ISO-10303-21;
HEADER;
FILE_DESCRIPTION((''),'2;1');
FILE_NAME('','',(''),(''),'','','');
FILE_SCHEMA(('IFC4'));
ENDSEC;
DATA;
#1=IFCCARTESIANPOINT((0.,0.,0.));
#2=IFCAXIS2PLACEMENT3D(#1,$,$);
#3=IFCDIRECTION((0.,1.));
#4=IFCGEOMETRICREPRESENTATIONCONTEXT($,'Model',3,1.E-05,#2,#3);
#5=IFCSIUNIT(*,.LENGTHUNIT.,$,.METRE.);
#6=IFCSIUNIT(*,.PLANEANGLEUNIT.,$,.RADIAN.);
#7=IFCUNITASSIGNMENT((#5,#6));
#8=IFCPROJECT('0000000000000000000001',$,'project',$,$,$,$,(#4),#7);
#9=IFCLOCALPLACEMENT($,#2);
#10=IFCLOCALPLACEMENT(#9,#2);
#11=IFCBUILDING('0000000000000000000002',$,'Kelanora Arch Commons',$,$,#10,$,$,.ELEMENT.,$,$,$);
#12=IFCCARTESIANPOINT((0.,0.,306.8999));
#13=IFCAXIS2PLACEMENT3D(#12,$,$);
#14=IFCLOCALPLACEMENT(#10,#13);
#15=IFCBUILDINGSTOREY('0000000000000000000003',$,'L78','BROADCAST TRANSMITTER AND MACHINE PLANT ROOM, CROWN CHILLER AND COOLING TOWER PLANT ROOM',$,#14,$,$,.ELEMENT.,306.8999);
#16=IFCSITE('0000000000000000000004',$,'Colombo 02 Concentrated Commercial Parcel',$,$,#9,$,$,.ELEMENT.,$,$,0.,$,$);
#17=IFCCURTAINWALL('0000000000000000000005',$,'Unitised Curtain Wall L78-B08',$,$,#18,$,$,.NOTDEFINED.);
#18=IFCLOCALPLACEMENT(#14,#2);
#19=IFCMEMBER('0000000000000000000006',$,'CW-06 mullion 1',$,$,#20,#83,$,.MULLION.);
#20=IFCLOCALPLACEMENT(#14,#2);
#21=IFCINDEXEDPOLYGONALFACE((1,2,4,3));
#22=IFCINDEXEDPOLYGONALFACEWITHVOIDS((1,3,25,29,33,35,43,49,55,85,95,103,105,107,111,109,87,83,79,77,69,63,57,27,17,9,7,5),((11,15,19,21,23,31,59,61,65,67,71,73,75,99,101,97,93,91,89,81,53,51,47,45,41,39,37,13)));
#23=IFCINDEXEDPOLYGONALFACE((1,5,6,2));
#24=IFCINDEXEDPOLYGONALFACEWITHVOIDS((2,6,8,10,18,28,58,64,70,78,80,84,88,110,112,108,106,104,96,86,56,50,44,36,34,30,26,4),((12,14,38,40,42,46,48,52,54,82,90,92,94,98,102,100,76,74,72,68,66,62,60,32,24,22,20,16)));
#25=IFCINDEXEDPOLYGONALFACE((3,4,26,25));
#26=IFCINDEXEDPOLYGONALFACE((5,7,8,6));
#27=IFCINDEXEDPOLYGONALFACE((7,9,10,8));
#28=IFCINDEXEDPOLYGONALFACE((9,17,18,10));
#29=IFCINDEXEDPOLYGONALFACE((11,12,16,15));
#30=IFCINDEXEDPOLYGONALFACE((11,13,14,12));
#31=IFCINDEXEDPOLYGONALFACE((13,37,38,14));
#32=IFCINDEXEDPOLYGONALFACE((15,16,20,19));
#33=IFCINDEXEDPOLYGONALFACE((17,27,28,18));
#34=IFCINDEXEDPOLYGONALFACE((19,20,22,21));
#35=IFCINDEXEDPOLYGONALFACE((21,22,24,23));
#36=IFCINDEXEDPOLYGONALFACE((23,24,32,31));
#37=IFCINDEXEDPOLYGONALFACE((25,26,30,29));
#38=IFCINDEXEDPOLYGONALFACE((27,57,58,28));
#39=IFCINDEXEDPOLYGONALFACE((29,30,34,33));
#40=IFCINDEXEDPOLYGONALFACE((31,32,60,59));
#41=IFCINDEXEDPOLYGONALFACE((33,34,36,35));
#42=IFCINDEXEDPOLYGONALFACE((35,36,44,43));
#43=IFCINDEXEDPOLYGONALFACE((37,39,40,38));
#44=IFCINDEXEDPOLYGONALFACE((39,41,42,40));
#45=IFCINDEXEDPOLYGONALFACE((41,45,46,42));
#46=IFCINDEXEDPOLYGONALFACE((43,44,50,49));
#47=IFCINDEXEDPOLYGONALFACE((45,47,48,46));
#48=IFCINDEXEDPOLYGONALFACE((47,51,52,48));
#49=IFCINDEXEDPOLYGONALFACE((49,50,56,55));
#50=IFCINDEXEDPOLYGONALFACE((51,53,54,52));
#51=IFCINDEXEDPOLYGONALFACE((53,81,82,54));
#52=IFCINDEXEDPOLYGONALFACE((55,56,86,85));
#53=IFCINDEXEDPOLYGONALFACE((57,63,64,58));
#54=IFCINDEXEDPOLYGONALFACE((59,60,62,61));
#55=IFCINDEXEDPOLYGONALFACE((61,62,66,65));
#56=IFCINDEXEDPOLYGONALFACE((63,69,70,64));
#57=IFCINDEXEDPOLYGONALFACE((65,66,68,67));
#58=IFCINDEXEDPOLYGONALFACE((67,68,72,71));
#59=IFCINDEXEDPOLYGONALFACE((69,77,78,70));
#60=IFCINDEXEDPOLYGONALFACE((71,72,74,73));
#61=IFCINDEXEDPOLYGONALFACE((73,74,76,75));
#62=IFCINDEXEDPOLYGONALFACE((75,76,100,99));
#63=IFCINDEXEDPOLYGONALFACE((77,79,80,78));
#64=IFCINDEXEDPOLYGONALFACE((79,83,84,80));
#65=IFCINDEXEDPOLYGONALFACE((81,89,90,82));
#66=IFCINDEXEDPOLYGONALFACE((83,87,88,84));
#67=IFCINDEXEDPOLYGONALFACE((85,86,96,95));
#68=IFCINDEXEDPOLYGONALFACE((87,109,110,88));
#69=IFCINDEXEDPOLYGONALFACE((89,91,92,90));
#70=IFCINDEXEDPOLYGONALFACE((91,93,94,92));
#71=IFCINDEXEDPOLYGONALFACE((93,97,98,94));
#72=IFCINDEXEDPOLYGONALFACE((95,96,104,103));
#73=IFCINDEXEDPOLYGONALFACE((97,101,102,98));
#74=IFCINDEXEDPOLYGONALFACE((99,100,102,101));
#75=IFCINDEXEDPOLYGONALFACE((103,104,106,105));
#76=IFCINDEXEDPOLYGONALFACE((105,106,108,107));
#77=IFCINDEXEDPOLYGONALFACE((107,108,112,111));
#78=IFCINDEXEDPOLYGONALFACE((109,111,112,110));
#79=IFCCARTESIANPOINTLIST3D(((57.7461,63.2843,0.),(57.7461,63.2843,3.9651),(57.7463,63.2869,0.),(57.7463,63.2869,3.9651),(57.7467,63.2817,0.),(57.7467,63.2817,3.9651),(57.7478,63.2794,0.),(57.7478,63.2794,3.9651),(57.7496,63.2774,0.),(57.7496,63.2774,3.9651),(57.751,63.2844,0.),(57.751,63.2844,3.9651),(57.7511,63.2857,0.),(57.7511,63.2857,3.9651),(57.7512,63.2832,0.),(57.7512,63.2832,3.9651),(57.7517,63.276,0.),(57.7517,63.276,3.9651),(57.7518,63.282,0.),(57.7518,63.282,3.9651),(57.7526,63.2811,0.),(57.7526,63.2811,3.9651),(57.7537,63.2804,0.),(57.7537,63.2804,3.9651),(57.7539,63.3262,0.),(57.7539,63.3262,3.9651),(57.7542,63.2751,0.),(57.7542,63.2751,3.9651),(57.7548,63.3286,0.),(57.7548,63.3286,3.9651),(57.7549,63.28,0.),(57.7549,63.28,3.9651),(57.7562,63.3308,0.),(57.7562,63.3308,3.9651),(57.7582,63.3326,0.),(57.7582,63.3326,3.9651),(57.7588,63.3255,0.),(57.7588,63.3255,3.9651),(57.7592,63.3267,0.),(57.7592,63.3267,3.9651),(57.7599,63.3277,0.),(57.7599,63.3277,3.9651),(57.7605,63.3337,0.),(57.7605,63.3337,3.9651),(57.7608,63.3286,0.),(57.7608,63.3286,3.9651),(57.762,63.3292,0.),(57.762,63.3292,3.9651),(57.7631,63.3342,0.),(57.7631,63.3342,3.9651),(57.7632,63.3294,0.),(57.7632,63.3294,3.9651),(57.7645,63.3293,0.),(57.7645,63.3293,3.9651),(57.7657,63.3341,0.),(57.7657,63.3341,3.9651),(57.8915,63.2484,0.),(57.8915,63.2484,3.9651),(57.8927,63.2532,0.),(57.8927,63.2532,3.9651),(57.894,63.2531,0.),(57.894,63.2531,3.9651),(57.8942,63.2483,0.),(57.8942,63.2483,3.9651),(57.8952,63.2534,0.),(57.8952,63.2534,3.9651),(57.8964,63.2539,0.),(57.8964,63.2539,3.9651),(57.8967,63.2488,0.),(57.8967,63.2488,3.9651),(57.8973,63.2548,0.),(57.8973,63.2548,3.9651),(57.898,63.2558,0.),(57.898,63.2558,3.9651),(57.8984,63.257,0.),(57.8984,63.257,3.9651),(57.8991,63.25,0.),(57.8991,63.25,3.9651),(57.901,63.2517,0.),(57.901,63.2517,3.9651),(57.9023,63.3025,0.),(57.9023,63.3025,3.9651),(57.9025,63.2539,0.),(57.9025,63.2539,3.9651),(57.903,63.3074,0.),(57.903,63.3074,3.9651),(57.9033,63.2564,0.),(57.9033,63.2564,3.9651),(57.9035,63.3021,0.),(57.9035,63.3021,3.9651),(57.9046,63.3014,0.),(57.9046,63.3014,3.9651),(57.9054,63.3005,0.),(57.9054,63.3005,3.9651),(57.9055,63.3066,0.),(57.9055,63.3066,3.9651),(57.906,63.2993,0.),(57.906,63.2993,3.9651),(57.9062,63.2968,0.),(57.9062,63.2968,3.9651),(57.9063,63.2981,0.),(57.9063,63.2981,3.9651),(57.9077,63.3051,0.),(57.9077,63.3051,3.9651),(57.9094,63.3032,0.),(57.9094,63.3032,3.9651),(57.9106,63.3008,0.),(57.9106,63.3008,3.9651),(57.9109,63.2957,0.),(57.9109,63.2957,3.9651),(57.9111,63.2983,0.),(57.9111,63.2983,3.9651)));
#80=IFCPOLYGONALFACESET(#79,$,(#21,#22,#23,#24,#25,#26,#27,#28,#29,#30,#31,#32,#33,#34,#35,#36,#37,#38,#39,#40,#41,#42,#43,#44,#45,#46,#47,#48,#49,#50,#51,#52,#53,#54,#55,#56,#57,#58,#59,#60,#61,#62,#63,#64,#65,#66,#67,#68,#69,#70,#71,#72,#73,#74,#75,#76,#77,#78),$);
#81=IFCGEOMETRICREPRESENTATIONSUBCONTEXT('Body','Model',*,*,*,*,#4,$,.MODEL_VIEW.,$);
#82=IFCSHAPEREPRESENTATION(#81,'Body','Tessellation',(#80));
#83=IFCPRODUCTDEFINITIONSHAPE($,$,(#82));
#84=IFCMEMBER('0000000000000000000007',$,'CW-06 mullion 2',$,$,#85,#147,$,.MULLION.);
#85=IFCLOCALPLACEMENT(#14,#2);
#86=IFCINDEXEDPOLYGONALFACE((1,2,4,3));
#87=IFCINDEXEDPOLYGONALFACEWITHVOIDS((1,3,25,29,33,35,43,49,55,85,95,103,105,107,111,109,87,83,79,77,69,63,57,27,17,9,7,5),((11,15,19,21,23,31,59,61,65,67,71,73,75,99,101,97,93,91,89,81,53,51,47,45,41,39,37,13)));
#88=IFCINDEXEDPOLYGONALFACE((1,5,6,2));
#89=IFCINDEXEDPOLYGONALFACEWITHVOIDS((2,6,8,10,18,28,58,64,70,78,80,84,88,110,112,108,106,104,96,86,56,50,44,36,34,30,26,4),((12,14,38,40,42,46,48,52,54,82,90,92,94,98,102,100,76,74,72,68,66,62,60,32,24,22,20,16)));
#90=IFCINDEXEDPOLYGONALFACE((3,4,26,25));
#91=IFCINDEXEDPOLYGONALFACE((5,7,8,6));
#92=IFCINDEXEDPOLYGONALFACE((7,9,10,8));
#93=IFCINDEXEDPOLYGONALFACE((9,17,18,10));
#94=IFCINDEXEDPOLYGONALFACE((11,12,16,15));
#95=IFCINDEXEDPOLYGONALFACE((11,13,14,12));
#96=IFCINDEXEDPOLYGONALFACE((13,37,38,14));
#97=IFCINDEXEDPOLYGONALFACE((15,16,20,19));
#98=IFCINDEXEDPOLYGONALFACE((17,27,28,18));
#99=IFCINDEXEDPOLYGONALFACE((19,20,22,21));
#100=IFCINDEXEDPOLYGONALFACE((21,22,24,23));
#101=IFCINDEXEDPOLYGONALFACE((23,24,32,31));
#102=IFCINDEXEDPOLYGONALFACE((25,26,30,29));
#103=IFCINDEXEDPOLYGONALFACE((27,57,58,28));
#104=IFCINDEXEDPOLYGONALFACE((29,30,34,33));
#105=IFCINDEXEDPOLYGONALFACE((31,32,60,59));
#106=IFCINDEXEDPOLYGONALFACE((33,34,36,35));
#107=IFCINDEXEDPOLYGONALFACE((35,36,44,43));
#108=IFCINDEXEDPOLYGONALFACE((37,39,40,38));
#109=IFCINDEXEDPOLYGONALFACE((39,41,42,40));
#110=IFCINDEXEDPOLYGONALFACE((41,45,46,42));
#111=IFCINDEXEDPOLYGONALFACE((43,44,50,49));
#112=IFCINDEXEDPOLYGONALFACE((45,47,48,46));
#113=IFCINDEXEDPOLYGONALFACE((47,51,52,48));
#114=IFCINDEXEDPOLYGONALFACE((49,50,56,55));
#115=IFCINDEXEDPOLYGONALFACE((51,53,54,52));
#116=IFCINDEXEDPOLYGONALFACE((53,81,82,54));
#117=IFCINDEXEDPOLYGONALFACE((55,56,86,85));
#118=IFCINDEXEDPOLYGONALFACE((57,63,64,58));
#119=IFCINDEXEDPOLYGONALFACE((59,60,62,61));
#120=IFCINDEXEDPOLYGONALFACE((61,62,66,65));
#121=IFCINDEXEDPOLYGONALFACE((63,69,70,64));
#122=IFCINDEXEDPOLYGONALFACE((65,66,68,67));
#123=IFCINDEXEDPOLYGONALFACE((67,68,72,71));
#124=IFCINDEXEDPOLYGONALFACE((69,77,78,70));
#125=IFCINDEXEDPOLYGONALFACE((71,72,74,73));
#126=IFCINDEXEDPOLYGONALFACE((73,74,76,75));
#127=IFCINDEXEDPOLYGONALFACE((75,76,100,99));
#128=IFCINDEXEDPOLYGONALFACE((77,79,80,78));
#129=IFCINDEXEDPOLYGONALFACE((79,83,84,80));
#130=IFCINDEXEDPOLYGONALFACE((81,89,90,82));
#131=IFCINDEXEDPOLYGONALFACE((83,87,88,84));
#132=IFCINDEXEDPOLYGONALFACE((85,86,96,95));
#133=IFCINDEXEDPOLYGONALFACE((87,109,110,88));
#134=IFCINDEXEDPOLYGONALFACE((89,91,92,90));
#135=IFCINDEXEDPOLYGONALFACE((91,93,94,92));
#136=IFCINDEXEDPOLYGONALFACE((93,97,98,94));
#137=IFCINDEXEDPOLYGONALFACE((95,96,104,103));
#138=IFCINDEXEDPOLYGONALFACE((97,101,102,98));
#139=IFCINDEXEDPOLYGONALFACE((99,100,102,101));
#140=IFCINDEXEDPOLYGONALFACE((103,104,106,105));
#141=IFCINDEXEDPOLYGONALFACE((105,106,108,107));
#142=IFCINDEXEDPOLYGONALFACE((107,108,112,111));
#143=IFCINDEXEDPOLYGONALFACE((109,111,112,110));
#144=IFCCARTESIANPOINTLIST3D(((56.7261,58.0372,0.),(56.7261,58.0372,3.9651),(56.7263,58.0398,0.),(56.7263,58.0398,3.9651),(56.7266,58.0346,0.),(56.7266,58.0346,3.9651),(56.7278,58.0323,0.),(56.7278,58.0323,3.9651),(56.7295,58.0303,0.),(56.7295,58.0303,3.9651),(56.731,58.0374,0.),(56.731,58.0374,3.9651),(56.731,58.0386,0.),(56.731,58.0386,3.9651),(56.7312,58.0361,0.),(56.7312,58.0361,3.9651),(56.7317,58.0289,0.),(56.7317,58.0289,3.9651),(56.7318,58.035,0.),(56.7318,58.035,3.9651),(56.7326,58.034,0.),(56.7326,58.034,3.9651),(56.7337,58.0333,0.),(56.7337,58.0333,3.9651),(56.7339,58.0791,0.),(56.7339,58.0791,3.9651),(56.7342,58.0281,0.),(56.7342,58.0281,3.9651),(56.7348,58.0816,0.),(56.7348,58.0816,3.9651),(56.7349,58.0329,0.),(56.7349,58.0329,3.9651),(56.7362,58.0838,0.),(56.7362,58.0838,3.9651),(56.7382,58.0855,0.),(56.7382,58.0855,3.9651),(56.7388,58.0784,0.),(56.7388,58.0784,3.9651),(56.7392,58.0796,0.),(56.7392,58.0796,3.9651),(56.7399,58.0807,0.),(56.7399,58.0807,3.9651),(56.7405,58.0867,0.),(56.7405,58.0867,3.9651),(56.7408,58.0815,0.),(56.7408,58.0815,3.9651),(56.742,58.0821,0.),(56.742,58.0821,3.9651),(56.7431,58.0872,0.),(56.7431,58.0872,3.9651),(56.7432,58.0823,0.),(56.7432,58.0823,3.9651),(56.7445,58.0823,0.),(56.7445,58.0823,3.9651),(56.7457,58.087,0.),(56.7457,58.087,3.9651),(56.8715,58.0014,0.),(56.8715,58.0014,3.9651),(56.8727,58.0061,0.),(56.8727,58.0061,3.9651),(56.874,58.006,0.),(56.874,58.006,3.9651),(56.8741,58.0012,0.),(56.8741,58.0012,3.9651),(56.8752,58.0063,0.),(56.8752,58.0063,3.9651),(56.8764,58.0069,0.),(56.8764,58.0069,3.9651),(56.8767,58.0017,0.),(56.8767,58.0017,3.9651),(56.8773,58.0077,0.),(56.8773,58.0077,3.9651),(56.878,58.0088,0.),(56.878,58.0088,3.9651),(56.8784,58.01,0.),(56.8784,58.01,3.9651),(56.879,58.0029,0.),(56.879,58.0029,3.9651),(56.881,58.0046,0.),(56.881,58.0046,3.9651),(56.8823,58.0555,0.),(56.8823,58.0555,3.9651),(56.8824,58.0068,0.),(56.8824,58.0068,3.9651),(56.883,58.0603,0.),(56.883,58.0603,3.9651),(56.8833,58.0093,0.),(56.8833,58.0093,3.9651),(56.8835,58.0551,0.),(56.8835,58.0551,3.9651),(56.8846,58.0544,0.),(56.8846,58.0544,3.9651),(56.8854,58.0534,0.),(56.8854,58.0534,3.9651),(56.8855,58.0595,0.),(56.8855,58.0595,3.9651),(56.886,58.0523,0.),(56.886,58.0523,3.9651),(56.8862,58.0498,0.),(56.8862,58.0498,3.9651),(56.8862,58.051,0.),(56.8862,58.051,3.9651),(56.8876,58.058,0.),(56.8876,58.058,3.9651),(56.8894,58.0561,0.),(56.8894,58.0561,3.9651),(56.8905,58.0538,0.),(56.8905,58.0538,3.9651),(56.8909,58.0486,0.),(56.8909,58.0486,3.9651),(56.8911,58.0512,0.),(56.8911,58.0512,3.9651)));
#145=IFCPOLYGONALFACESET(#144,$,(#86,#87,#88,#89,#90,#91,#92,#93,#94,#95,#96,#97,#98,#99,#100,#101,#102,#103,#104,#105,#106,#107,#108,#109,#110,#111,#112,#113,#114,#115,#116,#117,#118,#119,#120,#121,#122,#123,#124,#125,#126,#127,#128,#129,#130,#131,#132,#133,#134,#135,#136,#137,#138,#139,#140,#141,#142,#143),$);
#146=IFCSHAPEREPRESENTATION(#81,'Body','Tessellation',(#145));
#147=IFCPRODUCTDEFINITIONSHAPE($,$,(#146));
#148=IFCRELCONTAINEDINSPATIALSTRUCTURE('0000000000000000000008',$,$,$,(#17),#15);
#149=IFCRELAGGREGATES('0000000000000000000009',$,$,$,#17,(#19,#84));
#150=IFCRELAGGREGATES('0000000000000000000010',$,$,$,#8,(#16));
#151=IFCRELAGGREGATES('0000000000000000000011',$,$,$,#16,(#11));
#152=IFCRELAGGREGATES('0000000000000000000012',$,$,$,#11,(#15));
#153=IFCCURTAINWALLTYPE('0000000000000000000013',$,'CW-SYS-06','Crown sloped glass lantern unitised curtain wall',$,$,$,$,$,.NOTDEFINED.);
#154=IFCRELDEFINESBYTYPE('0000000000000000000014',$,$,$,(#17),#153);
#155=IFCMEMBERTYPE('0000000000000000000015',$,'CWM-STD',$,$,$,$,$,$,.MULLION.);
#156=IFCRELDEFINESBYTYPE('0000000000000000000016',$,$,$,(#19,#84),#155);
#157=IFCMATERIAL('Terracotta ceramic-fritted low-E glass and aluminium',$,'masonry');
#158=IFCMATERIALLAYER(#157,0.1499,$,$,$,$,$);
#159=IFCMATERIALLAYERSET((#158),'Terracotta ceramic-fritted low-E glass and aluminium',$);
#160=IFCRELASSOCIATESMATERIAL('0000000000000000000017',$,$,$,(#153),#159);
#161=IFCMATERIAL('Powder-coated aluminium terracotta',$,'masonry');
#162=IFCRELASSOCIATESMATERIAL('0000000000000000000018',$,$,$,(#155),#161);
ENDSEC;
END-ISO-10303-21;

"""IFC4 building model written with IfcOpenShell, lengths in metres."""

from ifc_helpers import new_model, si_unit, direction, frame, origin, origin_2d, place, context, subcontext, project, spatial, hollow_rectangle, extrude, material, layer, layer_set, material_profile, profile_set, type_object, element, aggregate, save


model = new_model("IFC4")

# Units and contexts
model_context = context("Model", 3, precision=1e-05, world=origin(), true_north=direction((0.0, 1.0)))
body_context = subcontext(model_context, "Body", "Model", "MODEL_VIEW")
ifc_project = project(units=[si_unit("LENGTHUNIT", "METRE"), si_unit("PLANEANGLEUNIT", "RADIAN")], contexts=[model_context])

# Site, building, storey
site_placement = place(None, origin())
site = spatial("IfcSite", under=ifc_project, at=site_placement, Name="Colombo 02 Concentrated Commercial Parcel", CompositionType="ELEMENT", RefElevation=0.0)
building_placement = place(site_placement, origin())
building = spatial("IfcBuilding", under=site, at=building_placement, Name="Kelanora Arch Commons", CompositionType="ELEMENT")
storey_placement = place(building_placement, frame((0.0, 0.0, 306.8999)))
storey = spatial("IfcBuildingStorey", under=building, at=storey_placement, Name="L78", Description="BROADCAST TRANSMITTER AND MACHINE PLANT ROOM, CROWN CHILLER AND COOLING TOWER PLANT ROOM", CompositionType="ELEMENT", Elevation=306.8999)

# Shared definitions
ifc_material_1 = material(Name="Terracotta ceramic-fritted low-E glass and aluminium", Category="masonry")
ifc_layer_1 = layer(ifc_material_1, 0.1499)
ifc_layer_set_1 = layer_set([ifc_layer_1], Name="Terracotta ceramic-fritted low-E glass and aluminium")
curtain_wall_type = type_object("IfcCurtainWallType", Name="CW-SYS-06", Description="Crown sloped glass lantern unitised curtain wall", PredefinedType="NOTDEFINED", material=ifc_layer_set_1)
ifc_material_2 = material(Name="Powder-coated aluminium terracotta", Category="masonry")
ifc_material_profile_1 = material_profile(ifc_material_2, hollow_rectangle(XDim=0.1599, YDim=0.0601, WallThickness=0.0049, InnerFilletRadius=0.0049, OuterFilletRadius=0.01, at=origin_2d()), Name="CWM160x60")
ifc_profile_set_1 = profile_set([ifc_material_profile_1], Name="Powder-coated aluminium terracotta")
member_type_1 = type_object("IfcMemberType", Name="CWM-STD", PredefinedType="MULLION", material=ifc_profile_set_1)

# Curtain wall, members
curtain_wall_1_placement = place(storey_placement, origin())
curtain_wall_1 = element("IfcCurtainWall", 1, at=curtain_wall_1_placement, inside=storey, type_object=curtain_wall_type, Name="Unitised Curtain Wall L78-B08", PredefinedType="NOTDEFINED")
member_1_placement = place(storey_placement, frame((57.8286, 63.2913, 0.0), z_axis=(0.0, 0.0, 1.0), x_axis=(0.981624, -0.190827, 0.0)))
member_1 = element("IfcMember", 2, at=member_1_placement, type_object=member_type_1, Name="CW-06 mullion 1", PredefinedType="MULLION", context=body_context, shape_type="SweptSolid", body=[
    extrude(hollow_rectangle(XDim=0.1599, YDim=0.0601, WallThickness=0.0049, InnerFilletRadius=0.0049, OuterFilletRadius=0.01, at=origin_2d()), origin(), (0.0, 0.0, 1.0), 3.9651),
])
member_2_placement = place(storey_placement, frame((56.8086, 58.0442, 0.0), z_axis=(0.0, 0.0, 1.0), x_axis=(0.981624, -0.190827, 0.0)))
member_2 = element("IfcMember", 3, at=member_2_placement, type_object=member_type_1, Name="CW-06 mullion 2", PredefinedType="MULLION", context=body_context, shape_type="SweptSolid", body=[
    extrude(hollow_rectangle(XDim=0.1599, YDim=0.0601, WallThickness=0.0049, InnerFilletRadius=0.0049, OuterFilletRadius=0.01, at=origin_2d()), origin(), (0.0, 0.0, 1.0), 3.9651),
])

aggregate(curtain_wall_1, [member_1, member_2])

save(model, "model.ifc")
